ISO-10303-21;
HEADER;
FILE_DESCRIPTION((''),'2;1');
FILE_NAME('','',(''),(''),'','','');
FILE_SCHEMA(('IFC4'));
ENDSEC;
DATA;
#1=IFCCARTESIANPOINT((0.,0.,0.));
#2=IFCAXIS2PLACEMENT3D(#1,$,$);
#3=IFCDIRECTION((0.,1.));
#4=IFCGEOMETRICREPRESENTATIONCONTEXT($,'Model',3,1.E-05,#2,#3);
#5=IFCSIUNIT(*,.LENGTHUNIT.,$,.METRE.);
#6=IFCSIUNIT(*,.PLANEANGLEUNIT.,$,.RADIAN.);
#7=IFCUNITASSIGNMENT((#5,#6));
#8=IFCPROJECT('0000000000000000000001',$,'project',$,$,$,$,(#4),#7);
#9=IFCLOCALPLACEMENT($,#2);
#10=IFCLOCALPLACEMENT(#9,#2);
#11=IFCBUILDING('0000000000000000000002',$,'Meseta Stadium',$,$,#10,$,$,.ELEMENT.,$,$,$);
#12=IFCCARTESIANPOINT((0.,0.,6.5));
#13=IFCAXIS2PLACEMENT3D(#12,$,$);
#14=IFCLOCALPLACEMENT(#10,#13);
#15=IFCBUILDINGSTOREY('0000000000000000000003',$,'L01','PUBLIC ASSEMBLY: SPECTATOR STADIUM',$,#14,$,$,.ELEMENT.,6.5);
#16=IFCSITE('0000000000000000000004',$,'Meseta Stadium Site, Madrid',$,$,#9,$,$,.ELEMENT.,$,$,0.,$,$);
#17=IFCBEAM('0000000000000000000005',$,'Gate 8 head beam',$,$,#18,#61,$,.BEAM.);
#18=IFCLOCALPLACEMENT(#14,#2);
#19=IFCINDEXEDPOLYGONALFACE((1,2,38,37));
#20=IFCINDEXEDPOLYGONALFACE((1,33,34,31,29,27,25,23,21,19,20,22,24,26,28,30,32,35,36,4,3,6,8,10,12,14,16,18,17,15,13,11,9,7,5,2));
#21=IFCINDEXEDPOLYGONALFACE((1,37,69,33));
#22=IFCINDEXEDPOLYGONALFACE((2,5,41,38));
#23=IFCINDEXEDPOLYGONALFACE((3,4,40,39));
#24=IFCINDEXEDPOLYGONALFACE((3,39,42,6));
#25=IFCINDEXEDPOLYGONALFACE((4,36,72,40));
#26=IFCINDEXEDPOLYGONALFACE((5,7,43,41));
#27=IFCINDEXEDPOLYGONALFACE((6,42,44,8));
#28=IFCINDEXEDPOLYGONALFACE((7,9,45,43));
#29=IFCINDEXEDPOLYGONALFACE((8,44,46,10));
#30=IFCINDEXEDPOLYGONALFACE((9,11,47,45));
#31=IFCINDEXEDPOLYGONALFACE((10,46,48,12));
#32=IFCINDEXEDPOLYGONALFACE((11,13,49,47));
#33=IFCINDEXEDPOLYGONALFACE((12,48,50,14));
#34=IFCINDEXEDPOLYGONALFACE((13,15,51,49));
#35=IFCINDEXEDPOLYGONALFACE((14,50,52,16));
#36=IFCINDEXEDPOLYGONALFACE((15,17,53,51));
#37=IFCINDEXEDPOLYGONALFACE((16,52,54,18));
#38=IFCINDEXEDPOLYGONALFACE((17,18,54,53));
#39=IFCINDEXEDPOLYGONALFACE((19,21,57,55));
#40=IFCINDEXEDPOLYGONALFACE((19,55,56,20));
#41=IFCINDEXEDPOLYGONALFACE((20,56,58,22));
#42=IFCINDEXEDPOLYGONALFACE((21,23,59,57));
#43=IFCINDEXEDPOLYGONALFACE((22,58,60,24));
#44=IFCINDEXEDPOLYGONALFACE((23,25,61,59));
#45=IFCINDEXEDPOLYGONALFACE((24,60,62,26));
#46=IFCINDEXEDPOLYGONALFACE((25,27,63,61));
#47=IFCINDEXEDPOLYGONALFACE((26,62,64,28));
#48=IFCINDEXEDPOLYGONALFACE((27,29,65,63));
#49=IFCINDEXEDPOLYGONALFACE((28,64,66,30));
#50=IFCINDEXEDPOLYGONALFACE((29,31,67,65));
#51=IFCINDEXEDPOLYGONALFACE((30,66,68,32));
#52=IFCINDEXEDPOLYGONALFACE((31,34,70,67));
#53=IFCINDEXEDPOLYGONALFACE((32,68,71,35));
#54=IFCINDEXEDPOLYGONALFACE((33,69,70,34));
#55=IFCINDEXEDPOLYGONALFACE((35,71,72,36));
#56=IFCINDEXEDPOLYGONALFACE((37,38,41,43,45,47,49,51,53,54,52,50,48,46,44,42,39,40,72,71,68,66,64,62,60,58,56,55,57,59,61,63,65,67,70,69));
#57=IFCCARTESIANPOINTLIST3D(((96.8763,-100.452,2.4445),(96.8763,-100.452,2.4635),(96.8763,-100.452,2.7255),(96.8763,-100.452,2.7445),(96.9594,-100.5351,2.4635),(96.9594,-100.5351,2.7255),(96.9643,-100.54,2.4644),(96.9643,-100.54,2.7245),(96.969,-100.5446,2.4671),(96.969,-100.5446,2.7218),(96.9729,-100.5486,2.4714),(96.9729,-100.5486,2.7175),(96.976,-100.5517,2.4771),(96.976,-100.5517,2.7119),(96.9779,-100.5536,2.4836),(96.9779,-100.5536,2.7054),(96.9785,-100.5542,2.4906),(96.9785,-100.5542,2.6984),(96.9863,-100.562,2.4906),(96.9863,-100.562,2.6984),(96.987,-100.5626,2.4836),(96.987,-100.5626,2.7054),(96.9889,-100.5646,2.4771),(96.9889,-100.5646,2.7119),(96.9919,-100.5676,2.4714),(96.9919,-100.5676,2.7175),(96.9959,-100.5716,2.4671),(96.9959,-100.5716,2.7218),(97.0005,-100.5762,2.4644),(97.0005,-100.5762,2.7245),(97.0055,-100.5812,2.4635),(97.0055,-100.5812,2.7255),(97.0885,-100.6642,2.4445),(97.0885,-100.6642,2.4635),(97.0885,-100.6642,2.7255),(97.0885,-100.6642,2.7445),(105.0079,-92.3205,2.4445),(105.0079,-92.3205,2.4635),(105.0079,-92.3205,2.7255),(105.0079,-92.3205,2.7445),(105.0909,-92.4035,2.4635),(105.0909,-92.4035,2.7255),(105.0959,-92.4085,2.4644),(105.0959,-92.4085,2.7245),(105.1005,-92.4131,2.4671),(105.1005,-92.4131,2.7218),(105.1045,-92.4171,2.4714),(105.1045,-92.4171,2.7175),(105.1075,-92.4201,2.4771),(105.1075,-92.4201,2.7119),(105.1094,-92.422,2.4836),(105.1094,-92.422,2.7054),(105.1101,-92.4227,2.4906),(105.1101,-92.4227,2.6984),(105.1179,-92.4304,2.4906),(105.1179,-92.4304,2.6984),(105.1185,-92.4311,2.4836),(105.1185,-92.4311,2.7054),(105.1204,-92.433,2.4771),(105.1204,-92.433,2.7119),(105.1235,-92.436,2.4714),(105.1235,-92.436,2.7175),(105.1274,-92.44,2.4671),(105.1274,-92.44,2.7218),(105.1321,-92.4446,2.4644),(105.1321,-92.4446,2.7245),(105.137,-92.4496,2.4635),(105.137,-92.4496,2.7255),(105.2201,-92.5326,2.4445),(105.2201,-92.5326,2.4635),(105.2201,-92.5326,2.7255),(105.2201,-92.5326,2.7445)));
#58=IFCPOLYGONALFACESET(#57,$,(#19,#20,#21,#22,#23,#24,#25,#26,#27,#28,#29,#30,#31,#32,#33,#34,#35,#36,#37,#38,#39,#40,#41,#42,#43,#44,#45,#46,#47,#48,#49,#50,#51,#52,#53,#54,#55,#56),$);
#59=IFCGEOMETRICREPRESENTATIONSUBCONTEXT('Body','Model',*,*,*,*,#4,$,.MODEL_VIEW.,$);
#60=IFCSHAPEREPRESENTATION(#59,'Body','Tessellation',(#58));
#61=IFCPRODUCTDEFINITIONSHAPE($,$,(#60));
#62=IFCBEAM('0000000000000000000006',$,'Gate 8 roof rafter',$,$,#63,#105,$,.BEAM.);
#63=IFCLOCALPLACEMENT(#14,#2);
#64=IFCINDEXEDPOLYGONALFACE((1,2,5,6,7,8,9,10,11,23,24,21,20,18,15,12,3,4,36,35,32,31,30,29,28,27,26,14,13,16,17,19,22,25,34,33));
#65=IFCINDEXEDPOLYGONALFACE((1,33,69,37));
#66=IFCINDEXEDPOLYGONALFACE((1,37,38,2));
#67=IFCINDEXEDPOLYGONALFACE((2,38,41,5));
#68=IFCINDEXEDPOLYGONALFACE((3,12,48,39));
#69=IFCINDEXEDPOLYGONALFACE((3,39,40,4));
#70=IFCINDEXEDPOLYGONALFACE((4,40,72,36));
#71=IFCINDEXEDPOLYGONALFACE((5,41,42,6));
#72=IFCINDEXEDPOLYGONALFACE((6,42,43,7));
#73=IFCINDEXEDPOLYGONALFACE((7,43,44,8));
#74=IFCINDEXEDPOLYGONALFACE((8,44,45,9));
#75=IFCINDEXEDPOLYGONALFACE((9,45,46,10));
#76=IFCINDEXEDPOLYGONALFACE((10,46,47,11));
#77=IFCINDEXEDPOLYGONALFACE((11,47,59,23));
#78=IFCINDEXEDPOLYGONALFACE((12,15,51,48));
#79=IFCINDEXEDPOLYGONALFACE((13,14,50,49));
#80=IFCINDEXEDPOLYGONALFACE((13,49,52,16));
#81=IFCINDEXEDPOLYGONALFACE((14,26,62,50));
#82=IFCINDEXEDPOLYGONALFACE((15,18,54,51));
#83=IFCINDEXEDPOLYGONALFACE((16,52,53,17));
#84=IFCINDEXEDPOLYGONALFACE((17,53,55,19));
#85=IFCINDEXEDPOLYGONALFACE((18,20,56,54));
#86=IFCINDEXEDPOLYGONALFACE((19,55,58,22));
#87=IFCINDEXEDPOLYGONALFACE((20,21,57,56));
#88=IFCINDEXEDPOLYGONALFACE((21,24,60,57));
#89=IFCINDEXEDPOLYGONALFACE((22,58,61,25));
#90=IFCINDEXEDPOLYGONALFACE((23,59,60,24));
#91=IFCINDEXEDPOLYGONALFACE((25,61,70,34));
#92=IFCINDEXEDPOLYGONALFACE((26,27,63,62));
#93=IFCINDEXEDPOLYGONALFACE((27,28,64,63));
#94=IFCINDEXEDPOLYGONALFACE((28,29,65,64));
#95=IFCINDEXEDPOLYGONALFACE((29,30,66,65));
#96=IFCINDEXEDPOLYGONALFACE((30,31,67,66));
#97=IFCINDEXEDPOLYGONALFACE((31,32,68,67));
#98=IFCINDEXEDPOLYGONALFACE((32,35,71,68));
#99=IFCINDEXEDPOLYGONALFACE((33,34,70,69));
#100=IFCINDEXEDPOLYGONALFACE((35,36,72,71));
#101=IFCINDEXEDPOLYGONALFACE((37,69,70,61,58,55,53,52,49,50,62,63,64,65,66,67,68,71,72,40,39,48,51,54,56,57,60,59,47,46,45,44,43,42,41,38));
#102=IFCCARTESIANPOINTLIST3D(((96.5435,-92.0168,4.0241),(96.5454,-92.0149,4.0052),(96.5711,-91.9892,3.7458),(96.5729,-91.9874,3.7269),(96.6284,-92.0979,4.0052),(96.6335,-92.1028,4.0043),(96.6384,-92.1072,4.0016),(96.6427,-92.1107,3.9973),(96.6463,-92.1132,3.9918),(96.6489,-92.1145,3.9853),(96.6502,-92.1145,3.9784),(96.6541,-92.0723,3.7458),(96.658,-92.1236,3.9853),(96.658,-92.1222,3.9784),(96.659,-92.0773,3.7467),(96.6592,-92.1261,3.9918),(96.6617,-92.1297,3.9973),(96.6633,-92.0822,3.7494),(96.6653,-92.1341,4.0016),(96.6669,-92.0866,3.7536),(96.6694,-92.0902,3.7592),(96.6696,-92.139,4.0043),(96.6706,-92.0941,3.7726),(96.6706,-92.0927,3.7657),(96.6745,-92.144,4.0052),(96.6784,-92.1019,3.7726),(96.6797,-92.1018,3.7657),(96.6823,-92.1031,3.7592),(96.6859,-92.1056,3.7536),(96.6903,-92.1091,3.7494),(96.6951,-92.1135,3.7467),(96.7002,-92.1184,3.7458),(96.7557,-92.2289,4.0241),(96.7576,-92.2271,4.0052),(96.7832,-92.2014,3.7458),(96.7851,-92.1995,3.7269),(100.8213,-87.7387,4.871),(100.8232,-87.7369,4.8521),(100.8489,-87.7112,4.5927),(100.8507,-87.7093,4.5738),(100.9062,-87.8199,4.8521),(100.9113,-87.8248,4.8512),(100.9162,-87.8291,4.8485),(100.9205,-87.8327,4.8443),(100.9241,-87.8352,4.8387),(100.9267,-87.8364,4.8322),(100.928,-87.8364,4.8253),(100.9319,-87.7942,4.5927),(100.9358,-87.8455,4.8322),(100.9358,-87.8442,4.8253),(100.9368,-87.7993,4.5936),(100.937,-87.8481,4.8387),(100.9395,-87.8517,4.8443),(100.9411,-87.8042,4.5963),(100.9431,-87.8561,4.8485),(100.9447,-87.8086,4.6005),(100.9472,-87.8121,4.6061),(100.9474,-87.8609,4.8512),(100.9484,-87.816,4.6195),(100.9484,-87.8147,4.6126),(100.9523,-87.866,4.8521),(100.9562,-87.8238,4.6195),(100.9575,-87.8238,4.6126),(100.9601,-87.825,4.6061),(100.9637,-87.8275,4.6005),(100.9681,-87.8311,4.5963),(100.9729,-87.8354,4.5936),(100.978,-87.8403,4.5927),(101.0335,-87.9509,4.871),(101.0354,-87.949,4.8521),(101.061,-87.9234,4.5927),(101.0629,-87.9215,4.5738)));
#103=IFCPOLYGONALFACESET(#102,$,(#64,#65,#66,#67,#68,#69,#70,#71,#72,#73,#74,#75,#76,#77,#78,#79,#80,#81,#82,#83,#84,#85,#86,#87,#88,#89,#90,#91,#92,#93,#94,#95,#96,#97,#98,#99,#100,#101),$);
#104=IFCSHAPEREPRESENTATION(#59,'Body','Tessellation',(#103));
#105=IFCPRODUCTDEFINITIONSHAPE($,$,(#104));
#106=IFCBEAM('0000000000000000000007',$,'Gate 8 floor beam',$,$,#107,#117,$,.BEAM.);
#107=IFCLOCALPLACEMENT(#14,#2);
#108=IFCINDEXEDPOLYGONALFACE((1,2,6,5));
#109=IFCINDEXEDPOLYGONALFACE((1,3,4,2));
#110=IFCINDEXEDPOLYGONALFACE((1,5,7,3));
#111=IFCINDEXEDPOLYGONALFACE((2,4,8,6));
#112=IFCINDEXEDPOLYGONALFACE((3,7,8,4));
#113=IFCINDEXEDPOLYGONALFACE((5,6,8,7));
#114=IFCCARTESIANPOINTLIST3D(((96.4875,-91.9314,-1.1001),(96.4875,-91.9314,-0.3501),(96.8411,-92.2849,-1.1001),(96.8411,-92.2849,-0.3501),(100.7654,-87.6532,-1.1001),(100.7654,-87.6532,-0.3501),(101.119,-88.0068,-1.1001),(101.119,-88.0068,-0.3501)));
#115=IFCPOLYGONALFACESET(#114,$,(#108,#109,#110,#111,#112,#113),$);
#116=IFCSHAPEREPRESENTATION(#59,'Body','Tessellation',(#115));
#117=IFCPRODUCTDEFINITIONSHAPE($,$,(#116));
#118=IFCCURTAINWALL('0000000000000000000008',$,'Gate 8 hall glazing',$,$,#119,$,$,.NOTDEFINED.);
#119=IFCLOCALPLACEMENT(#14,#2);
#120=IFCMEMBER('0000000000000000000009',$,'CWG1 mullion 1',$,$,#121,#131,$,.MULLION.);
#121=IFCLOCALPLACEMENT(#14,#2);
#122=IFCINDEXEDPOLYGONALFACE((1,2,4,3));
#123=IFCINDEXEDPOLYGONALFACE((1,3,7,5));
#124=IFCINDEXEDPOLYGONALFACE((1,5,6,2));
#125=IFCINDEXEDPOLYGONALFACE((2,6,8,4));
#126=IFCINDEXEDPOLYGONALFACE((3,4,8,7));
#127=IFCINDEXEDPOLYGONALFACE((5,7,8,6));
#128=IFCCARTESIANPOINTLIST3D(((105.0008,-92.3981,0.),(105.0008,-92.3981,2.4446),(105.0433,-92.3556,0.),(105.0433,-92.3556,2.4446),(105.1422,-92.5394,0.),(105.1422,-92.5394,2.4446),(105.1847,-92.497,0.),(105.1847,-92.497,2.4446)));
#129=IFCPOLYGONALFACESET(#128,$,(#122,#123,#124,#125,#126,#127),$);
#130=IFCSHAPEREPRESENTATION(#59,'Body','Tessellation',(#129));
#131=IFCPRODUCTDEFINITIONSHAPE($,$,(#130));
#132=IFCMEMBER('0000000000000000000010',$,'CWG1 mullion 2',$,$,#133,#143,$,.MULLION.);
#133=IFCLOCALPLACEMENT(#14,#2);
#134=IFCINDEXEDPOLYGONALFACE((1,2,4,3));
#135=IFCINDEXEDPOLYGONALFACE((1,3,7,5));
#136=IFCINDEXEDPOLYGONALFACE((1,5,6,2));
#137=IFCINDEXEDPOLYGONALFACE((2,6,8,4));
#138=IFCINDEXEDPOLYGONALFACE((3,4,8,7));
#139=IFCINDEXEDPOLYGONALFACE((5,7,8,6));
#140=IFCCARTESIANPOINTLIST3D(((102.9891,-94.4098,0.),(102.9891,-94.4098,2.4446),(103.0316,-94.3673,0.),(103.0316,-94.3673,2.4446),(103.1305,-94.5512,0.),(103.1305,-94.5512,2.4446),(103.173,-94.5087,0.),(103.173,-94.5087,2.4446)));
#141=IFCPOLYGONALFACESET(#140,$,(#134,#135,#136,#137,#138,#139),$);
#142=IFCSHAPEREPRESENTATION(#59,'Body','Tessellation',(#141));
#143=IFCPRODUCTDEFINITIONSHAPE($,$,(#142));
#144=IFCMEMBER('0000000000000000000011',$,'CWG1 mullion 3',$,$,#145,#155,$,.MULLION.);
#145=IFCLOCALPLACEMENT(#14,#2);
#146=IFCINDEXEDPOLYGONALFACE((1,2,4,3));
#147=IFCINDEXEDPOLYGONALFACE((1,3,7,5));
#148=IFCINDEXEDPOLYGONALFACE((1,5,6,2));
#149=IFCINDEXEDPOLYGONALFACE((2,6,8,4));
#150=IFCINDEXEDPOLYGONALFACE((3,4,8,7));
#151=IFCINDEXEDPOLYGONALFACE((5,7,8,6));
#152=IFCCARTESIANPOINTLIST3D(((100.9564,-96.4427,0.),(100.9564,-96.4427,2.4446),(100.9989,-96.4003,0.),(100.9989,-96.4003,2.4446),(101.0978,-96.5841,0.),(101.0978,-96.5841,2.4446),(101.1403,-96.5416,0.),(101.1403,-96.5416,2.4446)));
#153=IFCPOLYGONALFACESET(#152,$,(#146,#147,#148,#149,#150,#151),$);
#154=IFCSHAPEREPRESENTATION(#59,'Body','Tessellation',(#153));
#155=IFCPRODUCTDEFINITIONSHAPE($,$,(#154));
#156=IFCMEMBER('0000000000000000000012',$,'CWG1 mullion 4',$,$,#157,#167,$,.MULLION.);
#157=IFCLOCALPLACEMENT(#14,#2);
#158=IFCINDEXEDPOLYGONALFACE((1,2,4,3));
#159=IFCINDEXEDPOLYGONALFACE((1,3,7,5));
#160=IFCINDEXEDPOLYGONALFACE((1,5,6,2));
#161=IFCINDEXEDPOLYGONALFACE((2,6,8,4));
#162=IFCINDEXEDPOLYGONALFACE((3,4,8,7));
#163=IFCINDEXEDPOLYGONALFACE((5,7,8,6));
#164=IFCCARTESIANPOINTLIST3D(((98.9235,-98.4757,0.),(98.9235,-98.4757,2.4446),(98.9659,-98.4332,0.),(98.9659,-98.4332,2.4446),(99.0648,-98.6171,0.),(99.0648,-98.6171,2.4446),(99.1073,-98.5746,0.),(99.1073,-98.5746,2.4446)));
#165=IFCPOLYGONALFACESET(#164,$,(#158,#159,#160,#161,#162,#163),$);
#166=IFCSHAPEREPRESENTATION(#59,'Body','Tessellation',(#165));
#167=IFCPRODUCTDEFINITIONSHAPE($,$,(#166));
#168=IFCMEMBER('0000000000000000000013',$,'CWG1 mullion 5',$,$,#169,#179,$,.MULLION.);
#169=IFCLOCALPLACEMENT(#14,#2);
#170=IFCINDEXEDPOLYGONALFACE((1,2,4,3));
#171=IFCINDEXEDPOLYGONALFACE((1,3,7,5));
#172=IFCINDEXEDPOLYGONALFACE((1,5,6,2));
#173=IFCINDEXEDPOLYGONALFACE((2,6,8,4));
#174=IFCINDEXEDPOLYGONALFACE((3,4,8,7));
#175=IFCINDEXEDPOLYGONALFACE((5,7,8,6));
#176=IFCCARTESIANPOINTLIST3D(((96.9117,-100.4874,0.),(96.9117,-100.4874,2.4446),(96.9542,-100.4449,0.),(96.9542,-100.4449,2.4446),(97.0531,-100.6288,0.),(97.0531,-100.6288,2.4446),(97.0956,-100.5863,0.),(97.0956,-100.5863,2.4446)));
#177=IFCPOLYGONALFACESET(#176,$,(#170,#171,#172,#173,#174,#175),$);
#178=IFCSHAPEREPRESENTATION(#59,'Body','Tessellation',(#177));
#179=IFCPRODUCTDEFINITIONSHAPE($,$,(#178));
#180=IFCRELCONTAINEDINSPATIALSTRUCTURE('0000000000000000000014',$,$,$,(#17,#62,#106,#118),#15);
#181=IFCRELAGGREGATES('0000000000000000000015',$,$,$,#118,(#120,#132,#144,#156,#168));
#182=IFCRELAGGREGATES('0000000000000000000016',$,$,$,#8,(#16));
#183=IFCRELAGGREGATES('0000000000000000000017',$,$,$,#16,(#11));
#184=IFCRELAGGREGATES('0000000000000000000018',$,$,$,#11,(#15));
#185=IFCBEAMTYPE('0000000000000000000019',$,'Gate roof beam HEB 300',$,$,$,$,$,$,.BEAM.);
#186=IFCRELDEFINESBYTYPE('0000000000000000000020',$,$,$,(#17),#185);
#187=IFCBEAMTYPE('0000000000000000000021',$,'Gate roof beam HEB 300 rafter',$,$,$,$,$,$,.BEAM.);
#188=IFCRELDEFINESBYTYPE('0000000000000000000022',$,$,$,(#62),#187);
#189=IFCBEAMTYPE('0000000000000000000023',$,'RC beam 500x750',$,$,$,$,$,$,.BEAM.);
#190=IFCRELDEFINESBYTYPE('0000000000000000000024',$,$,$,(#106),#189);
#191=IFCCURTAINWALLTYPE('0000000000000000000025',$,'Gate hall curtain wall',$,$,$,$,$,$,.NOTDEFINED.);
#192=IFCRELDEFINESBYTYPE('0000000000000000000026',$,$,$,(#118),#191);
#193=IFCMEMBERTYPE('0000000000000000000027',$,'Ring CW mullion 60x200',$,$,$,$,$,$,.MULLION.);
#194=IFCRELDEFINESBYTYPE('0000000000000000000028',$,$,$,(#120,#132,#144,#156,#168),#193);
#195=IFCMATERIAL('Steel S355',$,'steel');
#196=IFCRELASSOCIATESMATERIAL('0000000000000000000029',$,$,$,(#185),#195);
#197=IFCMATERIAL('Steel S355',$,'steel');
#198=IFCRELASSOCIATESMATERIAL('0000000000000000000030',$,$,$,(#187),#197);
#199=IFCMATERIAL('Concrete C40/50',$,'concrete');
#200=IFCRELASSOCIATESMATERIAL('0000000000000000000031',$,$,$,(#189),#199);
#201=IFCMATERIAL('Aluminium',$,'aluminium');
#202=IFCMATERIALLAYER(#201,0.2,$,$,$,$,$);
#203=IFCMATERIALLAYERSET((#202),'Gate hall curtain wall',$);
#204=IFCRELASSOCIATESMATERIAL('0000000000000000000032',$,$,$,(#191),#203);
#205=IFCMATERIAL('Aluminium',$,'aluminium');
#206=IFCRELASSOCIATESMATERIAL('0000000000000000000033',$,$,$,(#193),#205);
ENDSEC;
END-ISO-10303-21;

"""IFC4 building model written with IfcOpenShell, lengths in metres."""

from ifc_helpers import new_model, si_unit, direction, frame, origin, origin_2d, place, context, subcontext, project, spatial, rectangle, i_section, extrude, material, layer, layer_set, material_profile, profile_set, type_object, element, aggregate, save


model = new_model("IFC4")

# Units and contexts
model_context = context("Model", 3, precision=1e-05, world=origin(), true_north=direction((0.0, 1.0)))
body_context = subcontext(model_context, "Body", "Model", "MODEL_VIEW")
ifc_project = project(units=[si_unit("LENGTHUNIT", "METRE"), si_unit("PLANEANGLEUNIT", "RADIAN")], contexts=[model_context])

# Site, building, storey
site_placement = place(None, origin())
site = spatial("IfcSite", under=ifc_project, at=site_placement, Name="Meseta Stadium Site, Madrid", CompositionType="ELEMENT", RefElevation=0.0)
building_placement = place(site_placement, origin())
building = spatial("IfcBuilding", under=site, at=building_placement, Name="Meseta Stadium", CompositionType="ELEMENT")
storey_placement = place(building_placement, frame((0.0, 0.0, 6.5)))
storey = spatial("IfcBuildingStorey", under=building, at=storey_placement, Name="L01", Description="PUBLIC ASSEMBLY: SPECTATOR STADIUM", CompositionType="ELEMENT", Elevation=6.5)

# Beams
ifc_material_1 = material(Name="Steel S355", Category="steel")
ifc_material_profile_1 = material_profile(ifc_material_1, i_section(OverallWidth=0.3, OverallDepth=0.3, WebThickness=0.011, FlangeThickness=0.019, FilletRadius=0.0271, at=origin_2d()), Name="HEB 300")
ifc_profile_set_1 = profile_set([ifc_material_profile_1], Name="Steel S355")
beam_type_1 = type_object("IfcBeamType", Name="Gate roof beam HEB 300", PredefinedType="BEAM", material=ifc_profile_set_1)
beam_1_placement = place(storey_placement, frame((96.9824, -100.5581, 2.5945), z_axis=(0.707107, 0.707107, 0.0), x_axis=(-0.707107, 0.707107, 0.0)))
element("IfcBeam", 1, at=beam_1_placement, inside=storey, type_object=beam_type_1, Name="Gate 8 head beam", PredefinedType="BEAM", context=body_context, shape_type="SweptSolid", body=[
    extrude(i_section(OverallWidth=0.3, OverallDepth=0.3, WebThickness=0.011, FlangeThickness=0.019, FilletRadius=0.0271, at=origin_2d()), origin(), (0.0, 0.0, 1.0), 11.4998),
])
ifc_material_2 = material(Name="Steel S355", Category="steel")
ifc_material_profile_2 = material_profile(ifc_material_2, i_section(OverallWidth=0.3, OverallDepth=0.3, WebThickness=0.011, FlangeThickness=0.019, FilletRadius=0.0271, at=origin_2d()), Name="HEB 300")
ifc_profile_set_2 = profile_set([ifc_material_profile_2], Name="Steel S355")
beam_type_2 = type_object("IfcBeamType", Name="Gate roof beam HEB 300 rafter", PredefinedType="BEAM", material=ifc_profile_set_2)
beam_2_placement = place(storey_placement, frame((96.6643, -92.1082, 3.8755), z_axis=(0.700258, 0.700298, 0.138637), x_axis=(-0.707127, 0.707087, 0.0)))
element("IfcBeam", 2, at=beam_2_placement, inside=storey, type_object=beam_type_2, Name="Gate 8 roof rafter", PredefinedType="BEAM", context=body_context, shape_type="SweptSolid", body=[
    extrude(i_section(OverallWidth=0.3, OverallDepth=0.3, WebThickness=0.011, FlangeThickness=0.019, FilletRadius=0.0271, at=origin_2d()), origin(), (0.0, 0.0, 1.0), 6.1089),
])
ifc_material_3 = material(Name="Concrete C40/50", Category="concrete")
ifc_material_profile_3 = material_profile(ifc_material_3, rectangle(XDim=0.5, YDim=0.75, at=origin_2d()), Name="RC 500x750")
ifc_profile_set_3 = profile_set([ifc_material_profile_3], Name="Concrete C40/50")
beam_type_3 = type_object("IfcBeamType", Name="RC beam 500x750", PredefinedType="BEAM", material=ifc_profile_set_3)
beam_3_placement = place(storey_placement, frame((96.6643, -92.1082, -0.7251), z_axis=(0.707087, 0.707127, 0.0), x_axis=(-0.707127, 0.707087, 0.0)))
element("IfcBeam", 3, at=beam_3_placement, inside=storey, type_object=beam_type_3, Name="Gate 8 floor beam", PredefinedType="BEAM", context=body_context, shape_type="SweptSolid", body=[
    extrude(rectangle(XDim=0.5, YDim=0.75, at=origin_2d()), origin(), (0.0, 0.0, 1.0), 6.05),
])

# Curtain wall, members
ifc_material_4 = material(Name="Aluminium", Category="aluminium")
ifc_layer_1 = layer(ifc_material_4, 0.2)
ifc_layer_set_1 = layer_set([ifc_layer_1], Name="Gate hall curtain wall")
curtain_wall_type = type_object("IfcCurtainWallType", Name="Gate hall curtain wall", PredefinedType="NOTDEFINED", material=ifc_layer_set_1)
curtain_wall_placement = place(storey_placement, origin())
curtain_wall = element("IfcCurtainWall", 4, at=curtain_wall_placement, inside=storey, type_object=curtain_wall_type, Name="Gate 8 hall glazing", PredefinedType="NOTDEFINED")
ifc_material_5 = material(Name="Aluminium", Category="aluminium")
ifc_material_profile_4 = material_profile(ifc_material_5, rectangle(XDim=0.2, YDim=0.0601, at=origin_2d()), Name="CW 200x60")
ifc_profile_set_4 = profile_set([ifc_material_profile_4], Name="Aluminium")
member_type_1 = type_object("IfcMemberType", Name="Ring CW mullion 60x200", PredefinedType="MULLION", material=ifc_profile_set_4)
member_1_placement = place(storey_placement, frame((105.0928, -92.4475, 0.0), z_axis=(0.0, 0.0, 1.0), x_axis=(0.707107, -0.707107, 0.0)))
member_1 = element("IfcMember", 5, at=member_1_placement, type_object=member_type_1, Name="CWG1 mullion 1", PredefinedType="MULLION", context=body_context, shape_type="SweptSolid", body=[
    extrude(rectangle(XDim=0.2, YDim=0.0601, at=origin_2d()), origin(), (0.0, 0.0, 1.0), 2.4446),
])
member_2_placement = place(storey_placement, frame((103.0811, -94.4592, 0.0), z_axis=(0.0, 0.0, 1.0), x_axis=(0.707107, -0.707107, 0.0)))
member_2 = element("IfcMember", 6, at=member_2_placement, type_object=member_type_1, Name="CWG1 mullion 2", PredefinedType="MULLION", context=body_context, shape_type="SweptSolid", body=[
    extrude(rectangle(XDim=0.2, YDim=0.0601, at=origin_2d()), origin(), (0.0, 0.0, 1.0), 2.4446),
])
member_3_placement = place(storey_placement, frame((101.0483, -96.4922, 0.0), z_axis=(0.0, 0.0, 1.0), x_axis=(0.707107, -0.707107, 0.0)))
member_3 = element("IfcMember", 7, at=member_3_placement, type_object=member_type_1, Name="CWG1 mullion 3", PredefinedType="MULLION", context=body_context, shape_type="SweptSolid", body=[
    extrude(rectangle(XDim=0.2, YDim=0.0601, at=origin_2d()), origin(), (0.0, 0.0, 1.0), 2.4446),
])
member_4_placement = place(storey_placement, frame((99.0154, -98.5251, 0.0), z_axis=(0.0, 0.0, 1.0), x_axis=(0.707107, -0.707107, 0.0)))
member_4 = element("IfcMember", 8, at=member_4_placement, type_object=member_type_1, Name="CWG1 mullion 4", PredefinedType="MULLION", context=body_context, shape_type="SweptSolid", body=[
    extrude(rectangle(XDim=0.2, YDim=0.0601, at=origin_2d()), origin(), (0.0, 0.0, 1.0), 2.4446),
])
member_5_placement = place(storey_placement, frame((97.0037, -100.5369, 0.0), z_axis=(0.0, 0.0, 1.0), x_axis=(0.707107, -0.707107, 0.0)))
member_5 = element("IfcMember", 9, at=member_5_placement, type_object=member_type_1, Name="CWG1 mullion 5", PredefinedType="MULLION", context=body_context, shape_type="SweptSolid", body=[
    extrude(rectangle(XDim=0.2, YDim=0.0601, at=origin_2d()), origin(), (0.0, 0.0, 1.0), 2.4446),
])

aggregate(curtain_wall, [member_1, member_2, member_3, member_4, member_5])

save(model, "model.ifc")
